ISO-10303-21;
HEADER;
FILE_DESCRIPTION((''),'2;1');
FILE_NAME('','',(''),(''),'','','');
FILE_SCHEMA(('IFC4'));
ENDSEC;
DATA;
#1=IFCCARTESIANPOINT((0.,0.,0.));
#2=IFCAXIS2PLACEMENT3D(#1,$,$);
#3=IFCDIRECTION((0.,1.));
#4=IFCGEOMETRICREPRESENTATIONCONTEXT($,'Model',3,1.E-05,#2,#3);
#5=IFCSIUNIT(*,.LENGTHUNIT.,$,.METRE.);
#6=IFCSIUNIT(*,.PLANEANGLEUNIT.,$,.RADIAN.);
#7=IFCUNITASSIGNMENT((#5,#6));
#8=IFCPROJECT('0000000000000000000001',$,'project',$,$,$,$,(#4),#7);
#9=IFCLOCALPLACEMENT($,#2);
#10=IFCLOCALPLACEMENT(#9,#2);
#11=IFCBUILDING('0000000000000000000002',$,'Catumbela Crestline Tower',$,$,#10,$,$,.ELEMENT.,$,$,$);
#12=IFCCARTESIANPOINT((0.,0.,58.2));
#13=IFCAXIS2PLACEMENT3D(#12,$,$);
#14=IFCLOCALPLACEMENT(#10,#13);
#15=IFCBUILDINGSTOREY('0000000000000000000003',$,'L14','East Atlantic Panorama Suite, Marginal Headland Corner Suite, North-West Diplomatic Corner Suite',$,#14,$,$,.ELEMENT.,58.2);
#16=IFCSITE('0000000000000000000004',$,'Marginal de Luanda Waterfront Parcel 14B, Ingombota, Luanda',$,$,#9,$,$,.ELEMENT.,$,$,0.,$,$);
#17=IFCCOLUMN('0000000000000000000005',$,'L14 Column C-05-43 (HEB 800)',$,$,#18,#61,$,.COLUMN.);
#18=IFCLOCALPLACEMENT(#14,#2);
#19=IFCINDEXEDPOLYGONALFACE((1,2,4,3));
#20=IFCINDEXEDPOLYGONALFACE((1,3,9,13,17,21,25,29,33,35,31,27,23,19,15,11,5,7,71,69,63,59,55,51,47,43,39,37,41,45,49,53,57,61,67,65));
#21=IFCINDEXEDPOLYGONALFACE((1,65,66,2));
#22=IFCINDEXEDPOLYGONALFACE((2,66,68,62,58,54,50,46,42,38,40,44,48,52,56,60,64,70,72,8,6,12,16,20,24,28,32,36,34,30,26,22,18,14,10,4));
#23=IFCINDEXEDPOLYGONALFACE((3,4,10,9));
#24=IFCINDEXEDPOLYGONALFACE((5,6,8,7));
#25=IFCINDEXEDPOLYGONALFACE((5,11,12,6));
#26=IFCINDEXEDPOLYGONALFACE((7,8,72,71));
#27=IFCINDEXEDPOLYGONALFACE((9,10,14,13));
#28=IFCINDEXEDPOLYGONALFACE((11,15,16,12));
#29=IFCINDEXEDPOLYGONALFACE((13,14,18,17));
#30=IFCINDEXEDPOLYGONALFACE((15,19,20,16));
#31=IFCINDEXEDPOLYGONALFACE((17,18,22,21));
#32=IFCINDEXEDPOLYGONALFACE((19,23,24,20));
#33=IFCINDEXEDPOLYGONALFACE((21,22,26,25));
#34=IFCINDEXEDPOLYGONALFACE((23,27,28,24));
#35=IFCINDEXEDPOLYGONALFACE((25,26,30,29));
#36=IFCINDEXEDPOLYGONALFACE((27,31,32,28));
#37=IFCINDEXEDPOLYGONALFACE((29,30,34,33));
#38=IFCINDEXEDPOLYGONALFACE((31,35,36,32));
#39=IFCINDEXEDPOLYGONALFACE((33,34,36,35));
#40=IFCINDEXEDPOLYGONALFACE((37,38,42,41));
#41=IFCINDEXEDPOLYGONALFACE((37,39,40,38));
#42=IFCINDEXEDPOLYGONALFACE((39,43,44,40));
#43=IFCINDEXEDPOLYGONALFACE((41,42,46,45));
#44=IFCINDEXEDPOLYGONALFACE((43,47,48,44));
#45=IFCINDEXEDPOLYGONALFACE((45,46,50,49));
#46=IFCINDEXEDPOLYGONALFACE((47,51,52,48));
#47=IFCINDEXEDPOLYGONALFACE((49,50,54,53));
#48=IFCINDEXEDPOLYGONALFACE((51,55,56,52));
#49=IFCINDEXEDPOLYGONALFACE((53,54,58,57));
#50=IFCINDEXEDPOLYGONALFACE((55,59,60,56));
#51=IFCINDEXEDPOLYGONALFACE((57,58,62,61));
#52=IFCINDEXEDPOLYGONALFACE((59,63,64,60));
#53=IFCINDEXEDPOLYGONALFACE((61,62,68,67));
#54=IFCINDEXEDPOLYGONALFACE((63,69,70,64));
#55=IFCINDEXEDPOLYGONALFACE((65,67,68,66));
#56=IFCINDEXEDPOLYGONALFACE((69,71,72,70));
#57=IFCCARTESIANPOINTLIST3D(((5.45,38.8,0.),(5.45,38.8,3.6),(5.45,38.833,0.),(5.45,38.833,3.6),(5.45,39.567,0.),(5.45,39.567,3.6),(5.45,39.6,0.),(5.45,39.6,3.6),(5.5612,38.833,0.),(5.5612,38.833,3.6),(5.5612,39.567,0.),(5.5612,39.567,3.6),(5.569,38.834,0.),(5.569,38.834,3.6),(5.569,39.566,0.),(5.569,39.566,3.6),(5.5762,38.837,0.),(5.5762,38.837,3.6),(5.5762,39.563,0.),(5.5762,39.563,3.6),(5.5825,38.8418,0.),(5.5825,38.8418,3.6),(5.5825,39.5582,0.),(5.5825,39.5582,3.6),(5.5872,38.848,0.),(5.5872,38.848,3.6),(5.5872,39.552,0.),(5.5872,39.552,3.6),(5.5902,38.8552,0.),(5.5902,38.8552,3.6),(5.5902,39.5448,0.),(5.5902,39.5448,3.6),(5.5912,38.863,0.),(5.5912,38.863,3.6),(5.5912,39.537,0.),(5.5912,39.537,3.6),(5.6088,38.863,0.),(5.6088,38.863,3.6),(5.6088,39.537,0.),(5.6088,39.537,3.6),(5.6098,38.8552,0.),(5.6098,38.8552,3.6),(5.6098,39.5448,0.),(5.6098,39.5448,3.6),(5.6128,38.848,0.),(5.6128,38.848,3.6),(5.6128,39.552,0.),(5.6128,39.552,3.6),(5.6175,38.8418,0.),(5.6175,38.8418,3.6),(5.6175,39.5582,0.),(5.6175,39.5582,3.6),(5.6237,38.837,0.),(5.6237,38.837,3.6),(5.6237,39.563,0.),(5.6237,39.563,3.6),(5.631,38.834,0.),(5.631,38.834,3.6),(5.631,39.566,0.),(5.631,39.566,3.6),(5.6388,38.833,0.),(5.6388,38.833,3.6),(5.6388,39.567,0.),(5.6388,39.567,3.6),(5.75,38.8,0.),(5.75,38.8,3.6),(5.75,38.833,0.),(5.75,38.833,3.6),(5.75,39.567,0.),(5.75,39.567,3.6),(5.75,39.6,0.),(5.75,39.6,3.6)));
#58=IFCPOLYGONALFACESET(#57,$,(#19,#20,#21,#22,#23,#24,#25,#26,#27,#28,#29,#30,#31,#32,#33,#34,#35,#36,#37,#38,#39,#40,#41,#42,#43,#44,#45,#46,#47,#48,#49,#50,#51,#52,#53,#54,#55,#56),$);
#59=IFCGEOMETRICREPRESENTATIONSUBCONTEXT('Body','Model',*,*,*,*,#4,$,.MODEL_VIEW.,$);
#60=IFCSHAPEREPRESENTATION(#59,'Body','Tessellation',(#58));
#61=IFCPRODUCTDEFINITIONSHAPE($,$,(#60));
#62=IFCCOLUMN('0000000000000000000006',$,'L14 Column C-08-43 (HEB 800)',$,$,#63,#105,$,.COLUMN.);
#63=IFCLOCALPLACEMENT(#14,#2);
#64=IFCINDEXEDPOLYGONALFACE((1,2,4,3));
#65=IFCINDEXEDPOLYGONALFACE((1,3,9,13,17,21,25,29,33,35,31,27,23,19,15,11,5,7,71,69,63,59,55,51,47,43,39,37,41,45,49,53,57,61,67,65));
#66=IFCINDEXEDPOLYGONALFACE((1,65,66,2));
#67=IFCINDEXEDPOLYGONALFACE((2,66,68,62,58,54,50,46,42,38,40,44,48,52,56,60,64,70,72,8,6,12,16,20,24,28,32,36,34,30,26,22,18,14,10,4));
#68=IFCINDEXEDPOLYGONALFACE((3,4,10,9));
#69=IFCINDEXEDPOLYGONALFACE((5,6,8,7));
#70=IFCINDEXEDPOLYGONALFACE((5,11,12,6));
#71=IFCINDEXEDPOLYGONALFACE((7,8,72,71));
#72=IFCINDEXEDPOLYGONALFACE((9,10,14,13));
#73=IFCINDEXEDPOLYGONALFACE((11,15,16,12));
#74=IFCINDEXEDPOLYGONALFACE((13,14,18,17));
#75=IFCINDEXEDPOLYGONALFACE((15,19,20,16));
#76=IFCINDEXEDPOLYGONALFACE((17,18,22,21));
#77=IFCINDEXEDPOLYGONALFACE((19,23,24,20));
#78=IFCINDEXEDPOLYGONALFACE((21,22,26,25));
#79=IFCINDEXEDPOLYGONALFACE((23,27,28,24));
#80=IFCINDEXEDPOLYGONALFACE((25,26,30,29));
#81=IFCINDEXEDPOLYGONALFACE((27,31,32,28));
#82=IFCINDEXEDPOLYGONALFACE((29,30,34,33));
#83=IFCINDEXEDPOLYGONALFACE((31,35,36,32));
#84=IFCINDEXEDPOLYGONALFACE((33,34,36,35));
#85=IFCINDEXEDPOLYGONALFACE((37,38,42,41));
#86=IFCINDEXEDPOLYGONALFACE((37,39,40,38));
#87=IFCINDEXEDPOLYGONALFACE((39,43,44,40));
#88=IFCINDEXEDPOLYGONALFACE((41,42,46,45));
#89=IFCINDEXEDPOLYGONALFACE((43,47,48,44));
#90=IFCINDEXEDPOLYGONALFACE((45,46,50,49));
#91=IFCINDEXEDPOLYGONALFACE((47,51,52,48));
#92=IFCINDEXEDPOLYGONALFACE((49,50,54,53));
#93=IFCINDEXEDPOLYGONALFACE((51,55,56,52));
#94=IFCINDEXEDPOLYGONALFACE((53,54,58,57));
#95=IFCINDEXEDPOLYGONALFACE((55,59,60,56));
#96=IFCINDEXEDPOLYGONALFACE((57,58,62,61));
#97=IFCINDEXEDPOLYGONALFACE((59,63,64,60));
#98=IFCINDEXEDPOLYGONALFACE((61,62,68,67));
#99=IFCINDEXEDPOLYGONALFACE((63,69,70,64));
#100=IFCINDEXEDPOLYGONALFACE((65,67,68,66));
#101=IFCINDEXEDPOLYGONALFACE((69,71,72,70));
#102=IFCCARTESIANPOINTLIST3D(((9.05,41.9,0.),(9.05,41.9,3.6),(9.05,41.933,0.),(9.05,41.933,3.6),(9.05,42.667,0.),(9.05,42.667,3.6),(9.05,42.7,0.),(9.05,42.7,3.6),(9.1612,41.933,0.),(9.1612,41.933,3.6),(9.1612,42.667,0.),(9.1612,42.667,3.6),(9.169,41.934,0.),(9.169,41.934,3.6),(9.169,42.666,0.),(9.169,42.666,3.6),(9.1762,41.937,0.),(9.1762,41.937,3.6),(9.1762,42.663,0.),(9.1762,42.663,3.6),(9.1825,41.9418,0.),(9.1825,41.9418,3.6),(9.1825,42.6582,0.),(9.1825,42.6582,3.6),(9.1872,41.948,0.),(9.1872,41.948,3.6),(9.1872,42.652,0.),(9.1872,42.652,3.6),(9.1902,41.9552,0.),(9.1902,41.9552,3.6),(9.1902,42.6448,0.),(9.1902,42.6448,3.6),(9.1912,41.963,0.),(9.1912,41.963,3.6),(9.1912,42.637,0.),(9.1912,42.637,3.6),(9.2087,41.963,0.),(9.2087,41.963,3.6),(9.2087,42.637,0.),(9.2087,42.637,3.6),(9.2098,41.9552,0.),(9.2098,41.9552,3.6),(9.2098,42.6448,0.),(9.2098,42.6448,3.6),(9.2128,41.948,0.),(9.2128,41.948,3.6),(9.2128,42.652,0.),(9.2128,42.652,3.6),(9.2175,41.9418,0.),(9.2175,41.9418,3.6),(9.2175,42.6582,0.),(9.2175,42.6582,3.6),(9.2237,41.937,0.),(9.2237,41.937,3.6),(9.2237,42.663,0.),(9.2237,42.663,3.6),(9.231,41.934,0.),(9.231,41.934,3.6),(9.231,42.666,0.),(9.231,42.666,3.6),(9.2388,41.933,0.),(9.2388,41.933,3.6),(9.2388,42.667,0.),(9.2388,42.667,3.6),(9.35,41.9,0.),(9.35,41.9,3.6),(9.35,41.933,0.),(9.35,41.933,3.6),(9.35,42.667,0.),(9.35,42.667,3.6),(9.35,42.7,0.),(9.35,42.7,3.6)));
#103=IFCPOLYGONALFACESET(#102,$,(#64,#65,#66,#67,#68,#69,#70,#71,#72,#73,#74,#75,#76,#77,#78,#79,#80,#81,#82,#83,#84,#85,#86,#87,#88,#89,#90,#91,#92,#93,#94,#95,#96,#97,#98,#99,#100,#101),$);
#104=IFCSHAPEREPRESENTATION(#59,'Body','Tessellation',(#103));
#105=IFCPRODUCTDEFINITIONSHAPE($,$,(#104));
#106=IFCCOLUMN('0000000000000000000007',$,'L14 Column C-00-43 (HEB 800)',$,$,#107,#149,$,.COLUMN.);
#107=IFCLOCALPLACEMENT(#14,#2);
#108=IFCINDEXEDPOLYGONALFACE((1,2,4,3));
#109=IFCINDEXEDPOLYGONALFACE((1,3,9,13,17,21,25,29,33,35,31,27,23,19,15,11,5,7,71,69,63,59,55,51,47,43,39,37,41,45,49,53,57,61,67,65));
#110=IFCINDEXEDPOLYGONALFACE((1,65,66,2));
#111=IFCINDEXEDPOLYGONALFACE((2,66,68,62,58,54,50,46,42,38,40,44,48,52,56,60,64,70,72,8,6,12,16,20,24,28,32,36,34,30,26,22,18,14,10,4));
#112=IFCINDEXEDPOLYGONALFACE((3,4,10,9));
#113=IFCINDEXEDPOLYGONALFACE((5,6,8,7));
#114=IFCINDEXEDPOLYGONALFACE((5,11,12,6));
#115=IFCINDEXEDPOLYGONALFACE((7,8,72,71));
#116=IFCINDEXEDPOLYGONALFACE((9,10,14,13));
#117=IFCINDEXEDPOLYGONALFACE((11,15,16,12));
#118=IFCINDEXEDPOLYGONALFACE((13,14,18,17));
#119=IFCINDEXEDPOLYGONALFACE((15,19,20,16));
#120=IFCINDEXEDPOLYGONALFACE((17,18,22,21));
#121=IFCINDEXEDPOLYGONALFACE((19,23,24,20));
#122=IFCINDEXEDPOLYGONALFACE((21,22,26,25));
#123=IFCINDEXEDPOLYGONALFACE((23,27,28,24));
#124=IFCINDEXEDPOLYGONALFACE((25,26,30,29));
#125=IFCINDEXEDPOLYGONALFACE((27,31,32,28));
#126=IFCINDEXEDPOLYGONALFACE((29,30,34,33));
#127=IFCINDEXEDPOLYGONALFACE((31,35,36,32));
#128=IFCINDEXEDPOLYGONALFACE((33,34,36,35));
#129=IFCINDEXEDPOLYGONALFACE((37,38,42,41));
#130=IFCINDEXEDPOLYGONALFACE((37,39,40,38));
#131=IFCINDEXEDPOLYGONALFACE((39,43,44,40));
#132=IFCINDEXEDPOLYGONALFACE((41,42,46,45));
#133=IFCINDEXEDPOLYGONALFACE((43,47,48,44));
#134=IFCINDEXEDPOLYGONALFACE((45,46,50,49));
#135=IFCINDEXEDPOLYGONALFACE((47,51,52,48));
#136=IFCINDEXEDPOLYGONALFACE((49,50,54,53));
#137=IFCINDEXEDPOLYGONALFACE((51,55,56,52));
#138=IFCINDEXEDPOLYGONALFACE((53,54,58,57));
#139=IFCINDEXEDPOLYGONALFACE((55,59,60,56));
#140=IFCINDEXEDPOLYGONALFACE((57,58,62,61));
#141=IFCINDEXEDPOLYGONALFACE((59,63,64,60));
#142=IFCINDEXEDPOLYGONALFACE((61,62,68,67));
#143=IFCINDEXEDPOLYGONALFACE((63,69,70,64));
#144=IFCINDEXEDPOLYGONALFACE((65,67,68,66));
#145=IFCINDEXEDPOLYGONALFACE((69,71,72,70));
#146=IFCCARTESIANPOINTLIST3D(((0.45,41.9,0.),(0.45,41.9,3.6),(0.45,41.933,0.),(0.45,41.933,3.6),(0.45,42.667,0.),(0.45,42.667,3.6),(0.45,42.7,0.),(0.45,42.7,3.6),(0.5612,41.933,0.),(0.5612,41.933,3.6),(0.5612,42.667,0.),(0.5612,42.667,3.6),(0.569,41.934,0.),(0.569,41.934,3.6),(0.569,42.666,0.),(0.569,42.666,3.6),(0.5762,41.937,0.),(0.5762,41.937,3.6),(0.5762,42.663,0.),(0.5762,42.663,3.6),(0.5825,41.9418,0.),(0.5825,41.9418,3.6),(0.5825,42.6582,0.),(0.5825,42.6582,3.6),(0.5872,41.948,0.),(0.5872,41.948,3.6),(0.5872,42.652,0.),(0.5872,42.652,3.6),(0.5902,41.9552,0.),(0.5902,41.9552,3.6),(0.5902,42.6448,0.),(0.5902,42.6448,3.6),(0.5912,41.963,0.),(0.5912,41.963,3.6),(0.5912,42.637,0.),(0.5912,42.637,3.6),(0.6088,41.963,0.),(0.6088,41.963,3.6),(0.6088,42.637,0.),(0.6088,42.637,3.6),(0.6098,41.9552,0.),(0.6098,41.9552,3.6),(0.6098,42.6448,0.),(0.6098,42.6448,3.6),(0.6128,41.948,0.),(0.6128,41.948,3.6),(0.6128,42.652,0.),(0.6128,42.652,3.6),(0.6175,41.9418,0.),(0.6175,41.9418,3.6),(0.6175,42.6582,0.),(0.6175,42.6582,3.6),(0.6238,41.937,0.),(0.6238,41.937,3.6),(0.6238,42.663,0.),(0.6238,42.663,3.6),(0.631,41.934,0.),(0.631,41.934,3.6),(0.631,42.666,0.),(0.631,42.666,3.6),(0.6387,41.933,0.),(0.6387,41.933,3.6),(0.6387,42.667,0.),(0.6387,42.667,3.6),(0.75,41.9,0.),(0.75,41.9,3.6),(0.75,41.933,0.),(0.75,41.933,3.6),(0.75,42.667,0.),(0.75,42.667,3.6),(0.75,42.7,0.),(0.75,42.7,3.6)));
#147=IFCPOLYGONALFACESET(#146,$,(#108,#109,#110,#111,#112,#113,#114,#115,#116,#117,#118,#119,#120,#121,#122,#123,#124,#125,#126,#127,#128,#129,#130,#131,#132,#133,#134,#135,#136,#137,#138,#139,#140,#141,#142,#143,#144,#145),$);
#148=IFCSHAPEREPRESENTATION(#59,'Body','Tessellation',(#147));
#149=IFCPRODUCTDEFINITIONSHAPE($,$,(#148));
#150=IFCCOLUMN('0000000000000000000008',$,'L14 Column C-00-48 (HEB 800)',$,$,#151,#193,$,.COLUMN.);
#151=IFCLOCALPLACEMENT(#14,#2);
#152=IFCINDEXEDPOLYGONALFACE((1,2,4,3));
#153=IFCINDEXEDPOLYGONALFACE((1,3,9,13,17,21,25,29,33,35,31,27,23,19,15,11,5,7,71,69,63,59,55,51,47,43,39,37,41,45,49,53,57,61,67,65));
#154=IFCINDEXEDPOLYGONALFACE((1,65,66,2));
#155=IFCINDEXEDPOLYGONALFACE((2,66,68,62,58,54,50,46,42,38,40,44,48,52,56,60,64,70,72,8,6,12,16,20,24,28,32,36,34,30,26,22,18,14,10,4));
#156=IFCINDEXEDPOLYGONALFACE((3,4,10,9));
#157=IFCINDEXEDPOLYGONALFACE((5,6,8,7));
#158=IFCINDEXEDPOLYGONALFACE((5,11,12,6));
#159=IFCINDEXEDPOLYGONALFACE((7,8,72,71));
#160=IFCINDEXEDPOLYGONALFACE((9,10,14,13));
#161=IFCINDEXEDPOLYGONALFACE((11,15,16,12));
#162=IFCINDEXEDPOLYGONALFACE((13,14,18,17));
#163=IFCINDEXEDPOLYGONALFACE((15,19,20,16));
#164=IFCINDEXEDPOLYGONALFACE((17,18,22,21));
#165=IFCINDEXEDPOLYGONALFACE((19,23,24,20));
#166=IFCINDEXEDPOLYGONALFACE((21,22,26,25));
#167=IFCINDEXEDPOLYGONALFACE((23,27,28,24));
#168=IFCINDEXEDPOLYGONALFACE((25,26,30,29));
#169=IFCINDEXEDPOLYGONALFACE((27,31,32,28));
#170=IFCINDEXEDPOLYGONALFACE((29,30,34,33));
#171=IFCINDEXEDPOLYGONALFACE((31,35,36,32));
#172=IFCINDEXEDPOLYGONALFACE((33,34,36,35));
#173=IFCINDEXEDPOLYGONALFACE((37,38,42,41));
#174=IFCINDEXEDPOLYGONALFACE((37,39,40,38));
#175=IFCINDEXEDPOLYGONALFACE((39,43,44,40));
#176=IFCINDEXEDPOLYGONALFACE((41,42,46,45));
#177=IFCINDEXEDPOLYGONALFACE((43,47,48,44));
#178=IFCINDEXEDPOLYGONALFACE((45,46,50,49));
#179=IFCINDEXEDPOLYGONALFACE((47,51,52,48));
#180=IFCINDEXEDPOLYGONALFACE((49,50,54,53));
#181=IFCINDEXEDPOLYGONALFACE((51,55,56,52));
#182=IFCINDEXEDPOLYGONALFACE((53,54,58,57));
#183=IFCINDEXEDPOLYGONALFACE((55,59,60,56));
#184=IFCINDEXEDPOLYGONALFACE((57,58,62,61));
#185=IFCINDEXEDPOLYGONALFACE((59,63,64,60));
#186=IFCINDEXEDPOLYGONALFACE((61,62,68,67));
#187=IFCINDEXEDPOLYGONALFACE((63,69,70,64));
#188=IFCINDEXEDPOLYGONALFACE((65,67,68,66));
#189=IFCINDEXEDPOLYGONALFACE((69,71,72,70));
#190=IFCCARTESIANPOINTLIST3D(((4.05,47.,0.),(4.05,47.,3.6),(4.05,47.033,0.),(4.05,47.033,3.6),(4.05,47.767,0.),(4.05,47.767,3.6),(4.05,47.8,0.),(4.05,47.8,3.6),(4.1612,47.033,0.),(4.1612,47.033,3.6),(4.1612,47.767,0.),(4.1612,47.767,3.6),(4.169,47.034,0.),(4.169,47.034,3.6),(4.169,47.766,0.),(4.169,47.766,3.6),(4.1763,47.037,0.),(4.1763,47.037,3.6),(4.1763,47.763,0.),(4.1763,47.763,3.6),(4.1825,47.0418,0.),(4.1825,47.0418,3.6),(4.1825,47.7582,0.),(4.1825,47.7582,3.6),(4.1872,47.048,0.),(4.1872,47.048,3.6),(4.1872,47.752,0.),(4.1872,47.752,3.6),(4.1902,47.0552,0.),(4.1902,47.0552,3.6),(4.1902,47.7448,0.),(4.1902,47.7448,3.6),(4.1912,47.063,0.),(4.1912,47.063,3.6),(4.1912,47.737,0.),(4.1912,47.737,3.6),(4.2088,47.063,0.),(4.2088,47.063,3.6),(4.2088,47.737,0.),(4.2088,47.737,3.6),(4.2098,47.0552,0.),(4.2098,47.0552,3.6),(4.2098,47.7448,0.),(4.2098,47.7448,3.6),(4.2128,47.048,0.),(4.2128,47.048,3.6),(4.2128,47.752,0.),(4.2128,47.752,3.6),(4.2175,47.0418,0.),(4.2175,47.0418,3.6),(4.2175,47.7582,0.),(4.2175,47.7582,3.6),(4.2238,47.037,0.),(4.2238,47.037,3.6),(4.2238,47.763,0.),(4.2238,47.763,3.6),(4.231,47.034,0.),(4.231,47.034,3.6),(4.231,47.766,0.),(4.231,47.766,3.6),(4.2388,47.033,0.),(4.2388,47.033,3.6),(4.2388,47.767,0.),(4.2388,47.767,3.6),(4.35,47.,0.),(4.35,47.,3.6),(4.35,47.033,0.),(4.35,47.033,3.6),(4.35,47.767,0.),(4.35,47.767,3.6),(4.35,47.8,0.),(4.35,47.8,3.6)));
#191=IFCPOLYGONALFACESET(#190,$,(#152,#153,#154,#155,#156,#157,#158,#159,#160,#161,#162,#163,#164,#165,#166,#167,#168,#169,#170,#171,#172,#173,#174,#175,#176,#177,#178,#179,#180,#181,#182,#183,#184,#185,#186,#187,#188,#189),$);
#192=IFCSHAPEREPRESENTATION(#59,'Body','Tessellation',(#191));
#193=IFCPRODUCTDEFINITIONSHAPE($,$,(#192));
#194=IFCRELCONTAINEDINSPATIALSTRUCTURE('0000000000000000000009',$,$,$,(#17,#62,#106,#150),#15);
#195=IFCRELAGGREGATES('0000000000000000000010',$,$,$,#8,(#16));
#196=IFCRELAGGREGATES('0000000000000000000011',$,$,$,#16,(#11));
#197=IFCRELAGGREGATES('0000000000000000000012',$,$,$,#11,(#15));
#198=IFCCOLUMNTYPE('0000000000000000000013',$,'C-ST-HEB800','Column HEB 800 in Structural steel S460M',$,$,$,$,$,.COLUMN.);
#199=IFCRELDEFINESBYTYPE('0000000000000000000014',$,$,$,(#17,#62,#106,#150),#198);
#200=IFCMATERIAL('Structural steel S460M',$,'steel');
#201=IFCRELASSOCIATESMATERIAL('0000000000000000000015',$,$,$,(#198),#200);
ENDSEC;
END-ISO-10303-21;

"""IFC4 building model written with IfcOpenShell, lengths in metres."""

from ifc_helpers import new_model, si_unit, direction, frame, origin, origin_2d, place, context, subcontext, project, spatial, i_section, extrude, material, material_profile, profile_set, type_object, element, save


model = new_model("IFC4")

# Units and contexts
model_context = context("Model", 3, precision=1e-05, world=origin(), true_north=direction((0.0, 1.0)))
body_context = subcontext(model_context, "Body", "Model", "MODEL_VIEW")
ifc_project = project(units=[si_unit("LENGTHUNIT", "METRE"), si_unit("PLANEANGLEUNIT", "RADIAN")], contexts=[model_context])

# Site, building, storey
site_placement = place(None, origin())
site = spatial("IfcSite", under=ifc_project, at=site_placement, Name="Marginal de Luanda Waterfront Parcel 14B, Ingombota, Luanda", CompositionType="ELEMENT", RefElevation=0.0)
building_placement = place(site_placement, origin())
building = spatial("IfcBuilding", under=site, at=building_placement, Name="Catumbela Crestline Tower", CompositionType="ELEMENT")
storey_placement = place(building_placement, frame((0.0, 0.0, 58.2)))
storey = spatial("IfcBuildingStorey", under=building, at=storey_placement, Name="L14", Description="East Atlantic Panorama Suite, Marginal Headland Corner Suite, North-West Diplomatic Corner Suite", CompositionType="ELEMENT", Elevation=58.2)

# Columns
ifc_material_1 = material(Name="Structural steel S460M", Category="steel")
ifc_material_profile_1 = material_profile(ifc_material_1, i_section(OverallWidth=0.3, OverallDepth=0.8, WebThickness=0.0175, FlangeThickness=0.033, FilletRadius=0.03, at=origin_2d()), Name="HEB 800")
ifc_profile_set_1 = profile_set([ifc_material_profile_1], Name="Structural steel S460M")
column_type = type_object("IfcColumnType", Name="C-ST-HEB800", Description="Column HEB 800 in Structural steel S460M", PredefinedType="COLUMN", material=ifc_profile_set_1)
for number, where, z_axis, x_axis, name in (
    (1, (5.6, 39.2, 0.0), (0.0, 0.0, 1.0), (1.0, 0.0, 0.0), "L14 Column C-05-43 (HEB 800)"),
    (2, (9.2, 42.3, 0.0), (0.0, 0.0, 1.0), (1.0, 0.0, 0.0), "L14 Column C-08-43 (HEB 800)"),
    (3, (0.6, 42.3, 0.0), (0.0, 0.0, 1.0), (1.0, 0.0, 0.0), "L14 Column C-00-43 (HEB 800)"),
    (4, (4.2, 47.4, 0.0), (0.0, 0.0, 1.0), (1.0, 0.0, 0.0), "L14 Column C-00-48 (HEB 800)"),
):
    element("IfcColumn", number, at=place(storey_placement, frame(where, z_axis=z_axis, x_axis=x_axis)), inside=storey, type_object=column_type, Name=name, PredefinedType="COLUMN", context=body_context, shape_type="SweptSolid", body=[
        extrude(i_section(OverallWidth=0.3, OverallDepth=0.8, WebThickness=0.0175, FlangeThickness=0.033, FilletRadius=0.03, at=origin_2d()), origin(), (0.0, 0.0, 1.0), 3.6),
    ])

save(model, "model.ifc")
